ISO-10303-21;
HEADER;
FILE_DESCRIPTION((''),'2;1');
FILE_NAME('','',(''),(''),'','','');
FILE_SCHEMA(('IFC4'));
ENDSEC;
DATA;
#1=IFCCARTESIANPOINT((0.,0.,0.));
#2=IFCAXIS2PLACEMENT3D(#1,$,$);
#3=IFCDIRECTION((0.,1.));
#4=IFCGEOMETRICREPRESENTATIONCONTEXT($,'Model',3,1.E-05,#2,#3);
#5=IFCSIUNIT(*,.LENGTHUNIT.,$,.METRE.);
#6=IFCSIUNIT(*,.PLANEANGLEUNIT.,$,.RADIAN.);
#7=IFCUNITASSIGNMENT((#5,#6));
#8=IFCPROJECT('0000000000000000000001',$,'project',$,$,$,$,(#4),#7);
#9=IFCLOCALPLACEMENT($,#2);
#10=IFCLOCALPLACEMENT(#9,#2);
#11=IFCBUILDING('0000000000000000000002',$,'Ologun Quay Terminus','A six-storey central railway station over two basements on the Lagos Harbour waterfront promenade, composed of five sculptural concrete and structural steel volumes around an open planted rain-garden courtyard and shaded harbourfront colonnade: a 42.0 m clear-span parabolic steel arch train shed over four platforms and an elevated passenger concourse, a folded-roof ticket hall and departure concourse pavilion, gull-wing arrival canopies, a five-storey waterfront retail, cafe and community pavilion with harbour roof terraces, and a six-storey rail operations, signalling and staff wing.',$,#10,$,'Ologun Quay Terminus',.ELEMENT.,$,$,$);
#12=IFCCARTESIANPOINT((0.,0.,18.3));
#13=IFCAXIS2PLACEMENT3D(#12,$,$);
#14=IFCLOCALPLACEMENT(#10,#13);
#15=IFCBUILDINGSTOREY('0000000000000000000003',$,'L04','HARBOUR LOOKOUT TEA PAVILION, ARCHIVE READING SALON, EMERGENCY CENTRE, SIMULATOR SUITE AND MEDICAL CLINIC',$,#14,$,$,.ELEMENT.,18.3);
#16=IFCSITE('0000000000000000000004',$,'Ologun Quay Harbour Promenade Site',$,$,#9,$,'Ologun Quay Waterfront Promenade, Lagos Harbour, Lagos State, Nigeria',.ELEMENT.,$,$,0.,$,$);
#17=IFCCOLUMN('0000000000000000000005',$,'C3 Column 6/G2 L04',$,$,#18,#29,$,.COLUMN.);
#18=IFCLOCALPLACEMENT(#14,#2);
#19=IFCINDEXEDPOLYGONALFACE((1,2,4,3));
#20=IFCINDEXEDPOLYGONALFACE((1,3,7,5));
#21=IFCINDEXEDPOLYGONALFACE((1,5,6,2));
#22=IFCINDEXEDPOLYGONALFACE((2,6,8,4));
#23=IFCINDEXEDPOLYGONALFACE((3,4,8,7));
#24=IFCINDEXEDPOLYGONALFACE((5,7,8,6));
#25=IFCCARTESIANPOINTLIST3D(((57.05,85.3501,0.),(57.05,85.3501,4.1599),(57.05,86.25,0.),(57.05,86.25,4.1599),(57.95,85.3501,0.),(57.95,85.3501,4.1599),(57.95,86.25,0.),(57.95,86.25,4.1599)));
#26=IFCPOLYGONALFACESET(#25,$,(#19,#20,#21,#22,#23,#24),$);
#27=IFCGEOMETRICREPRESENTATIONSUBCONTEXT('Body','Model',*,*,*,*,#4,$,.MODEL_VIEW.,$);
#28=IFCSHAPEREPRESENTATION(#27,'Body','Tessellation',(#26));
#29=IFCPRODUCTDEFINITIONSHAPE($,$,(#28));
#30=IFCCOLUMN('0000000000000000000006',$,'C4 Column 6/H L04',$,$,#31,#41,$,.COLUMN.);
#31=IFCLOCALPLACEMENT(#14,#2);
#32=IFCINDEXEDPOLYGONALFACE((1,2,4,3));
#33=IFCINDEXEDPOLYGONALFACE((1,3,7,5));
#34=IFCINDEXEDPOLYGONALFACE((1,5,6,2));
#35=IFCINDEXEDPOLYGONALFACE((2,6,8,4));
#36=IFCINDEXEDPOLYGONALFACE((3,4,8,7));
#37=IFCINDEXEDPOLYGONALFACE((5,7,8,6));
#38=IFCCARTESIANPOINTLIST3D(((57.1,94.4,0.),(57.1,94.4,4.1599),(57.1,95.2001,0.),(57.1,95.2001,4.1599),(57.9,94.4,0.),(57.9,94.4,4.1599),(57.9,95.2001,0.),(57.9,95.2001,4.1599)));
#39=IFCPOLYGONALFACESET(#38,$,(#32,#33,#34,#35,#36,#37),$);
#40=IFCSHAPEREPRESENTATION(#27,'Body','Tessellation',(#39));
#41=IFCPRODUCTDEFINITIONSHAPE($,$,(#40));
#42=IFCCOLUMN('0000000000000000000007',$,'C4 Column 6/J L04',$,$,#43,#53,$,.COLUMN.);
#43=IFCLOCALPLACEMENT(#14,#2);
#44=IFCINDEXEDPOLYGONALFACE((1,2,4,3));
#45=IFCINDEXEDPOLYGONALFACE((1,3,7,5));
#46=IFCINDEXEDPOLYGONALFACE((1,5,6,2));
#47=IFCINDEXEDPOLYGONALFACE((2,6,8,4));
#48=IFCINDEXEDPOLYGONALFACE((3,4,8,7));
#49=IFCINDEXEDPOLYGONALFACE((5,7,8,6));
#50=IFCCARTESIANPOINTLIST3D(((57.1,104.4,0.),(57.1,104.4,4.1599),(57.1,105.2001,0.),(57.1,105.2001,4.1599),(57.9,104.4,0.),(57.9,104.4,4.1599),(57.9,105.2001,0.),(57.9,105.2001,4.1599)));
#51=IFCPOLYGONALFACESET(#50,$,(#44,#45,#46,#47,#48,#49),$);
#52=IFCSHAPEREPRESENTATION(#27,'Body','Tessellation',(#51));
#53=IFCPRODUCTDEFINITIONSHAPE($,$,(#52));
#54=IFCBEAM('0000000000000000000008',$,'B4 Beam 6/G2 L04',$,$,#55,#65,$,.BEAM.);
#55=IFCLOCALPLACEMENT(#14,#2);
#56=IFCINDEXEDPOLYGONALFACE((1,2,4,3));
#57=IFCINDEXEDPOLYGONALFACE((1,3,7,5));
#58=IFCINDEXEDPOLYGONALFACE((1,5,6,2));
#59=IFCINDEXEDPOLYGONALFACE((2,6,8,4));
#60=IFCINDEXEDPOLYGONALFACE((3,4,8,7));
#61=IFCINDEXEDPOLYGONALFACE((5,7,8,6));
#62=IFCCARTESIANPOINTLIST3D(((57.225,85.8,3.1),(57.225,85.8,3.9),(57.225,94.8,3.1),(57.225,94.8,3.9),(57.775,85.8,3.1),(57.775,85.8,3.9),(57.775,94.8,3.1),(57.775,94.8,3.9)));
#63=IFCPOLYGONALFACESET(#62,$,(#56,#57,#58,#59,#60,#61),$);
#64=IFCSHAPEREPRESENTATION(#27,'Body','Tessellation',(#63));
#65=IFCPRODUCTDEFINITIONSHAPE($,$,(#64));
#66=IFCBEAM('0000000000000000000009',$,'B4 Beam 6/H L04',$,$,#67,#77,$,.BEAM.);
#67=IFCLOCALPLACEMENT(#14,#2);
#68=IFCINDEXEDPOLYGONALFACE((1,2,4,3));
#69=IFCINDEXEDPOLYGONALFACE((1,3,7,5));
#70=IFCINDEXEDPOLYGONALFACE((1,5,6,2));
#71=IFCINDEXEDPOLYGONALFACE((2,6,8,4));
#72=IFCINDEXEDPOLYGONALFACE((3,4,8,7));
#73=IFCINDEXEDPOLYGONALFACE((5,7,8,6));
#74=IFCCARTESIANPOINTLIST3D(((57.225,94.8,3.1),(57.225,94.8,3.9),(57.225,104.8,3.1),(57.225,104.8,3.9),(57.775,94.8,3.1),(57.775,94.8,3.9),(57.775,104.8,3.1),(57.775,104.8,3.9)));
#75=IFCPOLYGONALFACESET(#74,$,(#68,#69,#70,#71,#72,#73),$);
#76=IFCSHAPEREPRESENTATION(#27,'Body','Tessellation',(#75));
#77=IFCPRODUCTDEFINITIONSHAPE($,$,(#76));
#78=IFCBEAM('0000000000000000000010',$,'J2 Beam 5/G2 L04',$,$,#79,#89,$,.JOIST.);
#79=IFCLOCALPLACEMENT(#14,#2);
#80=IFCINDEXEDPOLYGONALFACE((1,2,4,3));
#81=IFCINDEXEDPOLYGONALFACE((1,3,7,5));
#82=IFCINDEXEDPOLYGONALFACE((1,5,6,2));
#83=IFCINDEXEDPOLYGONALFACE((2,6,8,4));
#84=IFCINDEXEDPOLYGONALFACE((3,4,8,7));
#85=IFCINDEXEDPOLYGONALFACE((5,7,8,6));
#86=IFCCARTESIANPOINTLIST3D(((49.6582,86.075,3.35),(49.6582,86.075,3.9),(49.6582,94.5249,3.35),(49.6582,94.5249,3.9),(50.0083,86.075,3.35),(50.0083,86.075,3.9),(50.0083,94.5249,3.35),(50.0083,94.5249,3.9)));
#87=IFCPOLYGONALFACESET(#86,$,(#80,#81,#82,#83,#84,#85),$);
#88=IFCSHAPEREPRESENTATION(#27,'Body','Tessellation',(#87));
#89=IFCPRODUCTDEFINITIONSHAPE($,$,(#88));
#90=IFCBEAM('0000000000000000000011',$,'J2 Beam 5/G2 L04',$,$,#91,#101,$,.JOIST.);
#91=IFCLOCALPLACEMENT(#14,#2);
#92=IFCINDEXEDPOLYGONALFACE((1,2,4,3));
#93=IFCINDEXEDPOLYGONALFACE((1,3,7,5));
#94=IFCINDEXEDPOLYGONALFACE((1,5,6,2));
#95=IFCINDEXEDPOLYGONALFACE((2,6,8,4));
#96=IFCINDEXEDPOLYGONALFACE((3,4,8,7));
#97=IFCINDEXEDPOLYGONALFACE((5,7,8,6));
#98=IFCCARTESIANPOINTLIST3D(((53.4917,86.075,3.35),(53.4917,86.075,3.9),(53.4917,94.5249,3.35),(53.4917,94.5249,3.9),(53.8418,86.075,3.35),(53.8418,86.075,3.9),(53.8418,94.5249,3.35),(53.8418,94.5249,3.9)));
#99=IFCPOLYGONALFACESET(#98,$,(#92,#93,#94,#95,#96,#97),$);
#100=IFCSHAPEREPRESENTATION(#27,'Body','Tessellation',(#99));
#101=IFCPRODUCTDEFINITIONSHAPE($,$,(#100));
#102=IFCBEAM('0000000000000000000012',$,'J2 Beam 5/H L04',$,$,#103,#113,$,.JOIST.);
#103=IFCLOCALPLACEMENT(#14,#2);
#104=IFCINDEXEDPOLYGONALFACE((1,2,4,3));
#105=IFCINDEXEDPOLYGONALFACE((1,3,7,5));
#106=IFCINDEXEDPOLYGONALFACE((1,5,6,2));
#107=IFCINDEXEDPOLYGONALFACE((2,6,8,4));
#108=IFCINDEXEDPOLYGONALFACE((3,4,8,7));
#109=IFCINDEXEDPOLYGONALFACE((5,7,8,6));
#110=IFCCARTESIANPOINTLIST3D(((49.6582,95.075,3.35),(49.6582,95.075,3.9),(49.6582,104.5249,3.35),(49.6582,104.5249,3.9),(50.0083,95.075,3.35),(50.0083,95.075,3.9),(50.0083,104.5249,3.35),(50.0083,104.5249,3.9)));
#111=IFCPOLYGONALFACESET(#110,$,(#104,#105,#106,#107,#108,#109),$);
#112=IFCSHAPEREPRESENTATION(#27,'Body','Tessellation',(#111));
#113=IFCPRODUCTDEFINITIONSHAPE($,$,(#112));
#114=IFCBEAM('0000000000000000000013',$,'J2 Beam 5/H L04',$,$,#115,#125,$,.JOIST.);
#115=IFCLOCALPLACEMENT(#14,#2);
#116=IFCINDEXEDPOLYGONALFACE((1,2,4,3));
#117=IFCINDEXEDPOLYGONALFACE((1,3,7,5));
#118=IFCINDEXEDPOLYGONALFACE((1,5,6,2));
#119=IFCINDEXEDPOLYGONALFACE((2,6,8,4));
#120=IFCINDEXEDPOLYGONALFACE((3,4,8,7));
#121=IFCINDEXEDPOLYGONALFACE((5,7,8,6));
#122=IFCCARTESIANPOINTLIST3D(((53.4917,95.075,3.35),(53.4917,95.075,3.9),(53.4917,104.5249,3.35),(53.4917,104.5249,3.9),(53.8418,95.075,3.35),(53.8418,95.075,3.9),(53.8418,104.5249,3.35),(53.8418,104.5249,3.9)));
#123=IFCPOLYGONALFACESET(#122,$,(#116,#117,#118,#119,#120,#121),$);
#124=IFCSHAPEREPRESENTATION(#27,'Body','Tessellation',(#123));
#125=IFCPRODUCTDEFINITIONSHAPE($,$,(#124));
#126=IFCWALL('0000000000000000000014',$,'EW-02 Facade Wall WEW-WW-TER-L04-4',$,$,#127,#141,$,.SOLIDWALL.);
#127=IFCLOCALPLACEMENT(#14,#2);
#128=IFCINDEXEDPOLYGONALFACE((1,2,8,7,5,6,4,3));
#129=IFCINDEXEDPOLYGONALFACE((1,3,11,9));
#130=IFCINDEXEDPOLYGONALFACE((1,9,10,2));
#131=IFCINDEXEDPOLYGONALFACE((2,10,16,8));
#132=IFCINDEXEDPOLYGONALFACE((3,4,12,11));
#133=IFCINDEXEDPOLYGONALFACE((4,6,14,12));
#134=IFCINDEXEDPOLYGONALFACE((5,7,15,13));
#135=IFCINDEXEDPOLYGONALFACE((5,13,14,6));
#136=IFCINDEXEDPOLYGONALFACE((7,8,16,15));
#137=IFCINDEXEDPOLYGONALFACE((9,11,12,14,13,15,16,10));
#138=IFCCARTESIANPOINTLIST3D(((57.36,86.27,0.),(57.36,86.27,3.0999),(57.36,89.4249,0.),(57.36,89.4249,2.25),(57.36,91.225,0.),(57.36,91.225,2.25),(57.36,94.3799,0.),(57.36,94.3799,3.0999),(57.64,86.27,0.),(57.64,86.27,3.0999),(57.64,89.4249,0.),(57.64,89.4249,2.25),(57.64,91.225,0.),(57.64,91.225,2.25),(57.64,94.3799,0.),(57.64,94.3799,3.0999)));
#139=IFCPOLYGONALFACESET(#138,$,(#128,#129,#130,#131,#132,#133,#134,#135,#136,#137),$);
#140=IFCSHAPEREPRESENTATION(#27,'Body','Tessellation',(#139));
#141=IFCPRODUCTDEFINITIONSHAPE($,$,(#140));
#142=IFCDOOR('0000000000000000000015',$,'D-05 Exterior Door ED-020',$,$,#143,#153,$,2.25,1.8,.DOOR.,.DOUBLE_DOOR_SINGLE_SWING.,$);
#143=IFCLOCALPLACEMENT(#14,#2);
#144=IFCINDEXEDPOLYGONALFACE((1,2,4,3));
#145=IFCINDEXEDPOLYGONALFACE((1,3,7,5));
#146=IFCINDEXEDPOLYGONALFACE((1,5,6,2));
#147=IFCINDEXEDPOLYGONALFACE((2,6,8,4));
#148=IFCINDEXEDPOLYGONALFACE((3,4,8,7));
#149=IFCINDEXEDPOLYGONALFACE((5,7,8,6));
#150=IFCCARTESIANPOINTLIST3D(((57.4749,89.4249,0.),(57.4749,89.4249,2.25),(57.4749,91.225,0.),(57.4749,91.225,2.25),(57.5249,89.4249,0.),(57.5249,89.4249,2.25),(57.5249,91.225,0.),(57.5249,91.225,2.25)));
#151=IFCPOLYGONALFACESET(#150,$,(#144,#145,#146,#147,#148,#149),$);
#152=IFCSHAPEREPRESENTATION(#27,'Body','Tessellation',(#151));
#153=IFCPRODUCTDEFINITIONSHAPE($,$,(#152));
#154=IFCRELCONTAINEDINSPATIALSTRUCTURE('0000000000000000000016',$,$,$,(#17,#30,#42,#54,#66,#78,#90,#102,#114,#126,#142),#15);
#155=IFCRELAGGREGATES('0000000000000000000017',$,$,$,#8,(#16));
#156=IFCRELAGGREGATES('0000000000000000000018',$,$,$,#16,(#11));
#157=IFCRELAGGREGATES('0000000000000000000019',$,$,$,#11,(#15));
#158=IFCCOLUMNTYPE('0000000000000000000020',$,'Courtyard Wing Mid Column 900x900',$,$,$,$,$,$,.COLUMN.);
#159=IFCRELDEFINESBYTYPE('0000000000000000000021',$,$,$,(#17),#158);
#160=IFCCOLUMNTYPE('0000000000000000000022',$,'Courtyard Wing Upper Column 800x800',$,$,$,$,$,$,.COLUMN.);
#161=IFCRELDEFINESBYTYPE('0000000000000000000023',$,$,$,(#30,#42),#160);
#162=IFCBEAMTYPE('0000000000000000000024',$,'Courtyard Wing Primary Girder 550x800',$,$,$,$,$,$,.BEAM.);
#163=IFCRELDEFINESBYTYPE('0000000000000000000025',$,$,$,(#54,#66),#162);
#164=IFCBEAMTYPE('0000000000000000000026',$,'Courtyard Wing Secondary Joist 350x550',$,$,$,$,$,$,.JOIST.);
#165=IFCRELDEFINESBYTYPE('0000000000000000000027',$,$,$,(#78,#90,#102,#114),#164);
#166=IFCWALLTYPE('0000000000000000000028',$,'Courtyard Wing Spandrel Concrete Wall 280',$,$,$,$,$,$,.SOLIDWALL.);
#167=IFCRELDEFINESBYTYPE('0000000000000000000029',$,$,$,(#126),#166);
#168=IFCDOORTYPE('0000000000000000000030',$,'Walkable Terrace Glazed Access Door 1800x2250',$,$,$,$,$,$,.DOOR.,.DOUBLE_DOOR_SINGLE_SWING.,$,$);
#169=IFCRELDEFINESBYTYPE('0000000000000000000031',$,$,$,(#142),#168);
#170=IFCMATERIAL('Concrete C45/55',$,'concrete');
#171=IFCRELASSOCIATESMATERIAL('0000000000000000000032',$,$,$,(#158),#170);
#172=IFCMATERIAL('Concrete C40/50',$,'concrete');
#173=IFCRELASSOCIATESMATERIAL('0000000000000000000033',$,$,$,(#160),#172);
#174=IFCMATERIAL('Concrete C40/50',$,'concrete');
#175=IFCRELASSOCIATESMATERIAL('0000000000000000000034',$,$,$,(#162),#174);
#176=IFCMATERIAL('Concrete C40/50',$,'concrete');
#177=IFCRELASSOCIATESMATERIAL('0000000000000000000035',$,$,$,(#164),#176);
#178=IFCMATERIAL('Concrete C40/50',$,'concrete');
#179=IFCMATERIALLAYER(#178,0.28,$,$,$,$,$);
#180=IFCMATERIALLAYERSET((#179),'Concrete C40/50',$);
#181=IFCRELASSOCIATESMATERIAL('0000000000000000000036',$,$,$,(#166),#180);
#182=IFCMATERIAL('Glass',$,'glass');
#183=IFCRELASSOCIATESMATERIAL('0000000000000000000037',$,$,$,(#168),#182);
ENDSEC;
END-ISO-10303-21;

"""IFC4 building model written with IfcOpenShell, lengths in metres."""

from ifc_helpers import new_model, si_unit, direction, frame, frame_2d, origin, origin_2d, place, context, subcontext, project, spatial, rectangle, extrude, material, layer, layer_set, material_profile, profile_set, type_object, element, fill, save


model = new_model("IFC4")

# Units and contexts
model_context = context("Model", 3, precision=1e-05, world=origin(), true_north=direction((0.0, 1.0)))
body_context = subcontext(model_context, "Body", "Model", "MODEL_VIEW")
ifc_project = project(units=[si_unit("LENGTHUNIT", "METRE"), si_unit("PLANEANGLEUNIT", "RADIAN")], contexts=[model_context])

# Site, building, storey
site_placement = place(None, origin())
site = spatial("IfcSite", under=ifc_project, at=site_placement, Name="Ologun Quay Harbour Promenade Site", LongName="Ologun Quay Waterfront Promenade, Lagos Harbour, Lagos State, Nigeria", CompositionType="ELEMENT", RefElevation=0.0)
building_placement = place(site_placement, origin())
building = spatial("IfcBuilding", under=site, at=building_placement, Name="Ologun Quay Terminus", Description="A six-storey central railway station over two basements on the Lagos Harbour waterfront promenade, composed of five sculptural concrete and structural steel volumes around an open planted rain-garden courtyard and shaded harbourfront colonnade: a 42.0 m clear-span parabolic steel arch train shed over four platforms and an elevated passenger concourse, a folded-roof ticket hall and departure concourse pavilion, gull-wing arrival canopies, a five-storey waterfront retail, cafe and community pavilion with harbour roof terraces, and a six-storey rail operations, signalling and staff wing.", LongName="Ologun Quay Terminus", CompositionType="ELEMENT")
storey_placement = place(building_placement, frame((0.0, 0.0, 18.3)))
storey = spatial("IfcBuildingStorey", under=building, at=storey_placement, Name="L04", Description="HARBOUR LOOKOUT TEA PAVILION, ARCHIVE READING SALON, EMERGENCY CENTRE, SIMULATOR SUITE AND MEDICAL CLINIC", CompositionType="ELEMENT", Elevation=18.3)

# Columns
ifc_material_1 = material(Name="Concrete C45/55", Category="concrete")
ifc_material_profile_1 = material_profile(ifc_material_1, rectangle(XDim=0.8999, YDim=0.8999, at=origin_2d()), Name="RC 900x900")
ifc_profile_set_1 = profile_set([ifc_material_profile_1], Name="Concrete C45/55")
column_type_1 = type_object("IfcColumnType", Name="Courtyard Wing Mid Column 900x900", PredefinedType="COLUMN", material=ifc_profile_set_1)
column_placement = place(storey_placement, frame((57.5, 85.8, 0.0), z_axis=(0.0, 0.0, 1.0), x_axis=(1.0, 0.0, 0.0)))
element("IfcColumn", 1, at=column_placement, inside=storey, type_object=column_type_1, Name="C3 Column 6/G2 L04", PredefinedType="COLUMN", context=body_context, shape_type="SweptSolid", body=[
    extrude(rectangle(XDim=0.8999, YDim=0.8999, at=origin_2d()), origin(), (0.0, 0.0, 1.0), 4.1599),
])
ifc_material_2 = material(Name="Concrete C40/50", Category="concrete")
ifc_material_profile_2 = material_profile(ifc_material_2, rectangle(XDim=0.8, YDim=0.8, at=origin_2d()), Name="RC 800x800")
ifc_profile_set_2 = profile_set([ifc_material_profile_2], Name="Concrete C40/50")
column_type_2 = type_object("IfcColumnType", Name="Courtyard Wing Upper Column 800x800", PredefinedType="COLUMN", material=ifc_profile_set_2)
for number, where, z_axis, x_axis, name in (
    (2, (57.5, 94.8, 0.0), (0.0, 0.0, 1.0), (1.0, 0.0, 0.0), "C4 Column 6/H L04"),
    (3, (57.5, 104.8, 0.0), (0.0, 0.0, 1.0), (1.0, 0.0, 0.0), "C4 Column 6/J L04"),
):
    element("IfcColumn", number, at=place(storey_placement, frame(where, z_axis=z_axis, x_axis=x_axis)), inside=storey, type_object=column_type_2, Name=name, PredefinedType="COLUMN", context=body_context, shape_type="SweptSolid", body=[
        extrude(rectangle(XDim=0.8, YDim=0.8, at=origin_2d()), origin(), (0.0, 0.0, 1.0), 4.1599),
    ])

# Beams
ifc_material_3 = material(Name="Concrete C40/50", Category="concrete")
ifc_material_profile_3 = material_profile(ifc_material_3, rectangle(XDim=0.55, YDim=0.8, at=origin_2d()), Name="RC 550x800")
ifc_profile_set_3 = profile_set([ifc_material_profile_3], Name="Concrete C40/50")
beam_type_1 = type_object("IfcBeamType", Name="Courtyard Wing Primary Girder 550x800", PredefinedType="BEAM", material=ifc_profile_set_3)
beam_1_placement = place(storey_placement, frame((57.5, 85.8, 3.5), z_axis=(0.0, 1.0, 0.0), x_axis=(-1.0, 0.0, 0.0)))
element("IfcBeam", 4, at=beam_1_placement, inside=storey, type_object=beam_type_1, Name="B4 Beam 6/G2 L04", PredefinedType="BEAM", context=body_context, shape_type="SweptSolid", body=[
    extrude(rectangle(XDim=0.55, YDim=0.8, at=origin_2d()), origin(), (0.0, 0.0, 1.0), 9.0),
])
beam_2_placement = place(storey_placement, frame((57.5, 94.8, 3.5), z_axis=(0.0, 1.0, 0.0), x_axis=(-1.0, 0.0, 0.0)))
element("IfcBeam", 5, at=beam_2_placement, inside=storey, type_object=beam_type_1, Name="B4 Beam 6/H L04", PredefinedType="BEAM", context=body_context, shape_type="SweptSolid", body=[
    extrude(rectangle(XDim=0.55, YDim=0.8, at=origin_2d()), origin(), (0.0, 0.0, 1.0), 10.0),
])
ifc_material_4 = material(Name="Concrete C40/50", Category="concrete")
ifc_material_profile_4 = material_profile(ifc_material_4, rectangle(XDim=0.3501, YDim=0.55, at=origin_2d()), Name="RC 350x550")
ifc_profile_set_4 = profile_set([ifc_material_profile_4], Name="Concrete C40/50")
beam_type_2 = type_object("IfcBeamType", Name="Courtyard Wing Secondary Joist 350x550", PredefinedType="JOIST", material=ifc_profile_set_4)
for number, where, z_axis, x_axis, name in (
    (6, (49.8333, 86.075, 3.625), (0.0, 1.0, 0.0), (-1.0, 0.0, 0.0), "J2 Beam 5/G2 L04"),
    (7, (53.6667, 86.075, 3.625), (0.0, 1.0, 0.0), (-1.0, 0.0, 0.0), "J2 Beam 5/G2 L04"),
):
    element("IfcBeam", number, at=place(storey_placement, frame(where, z_axis=z_axis, x_axis=x_axis)), inside=storey, type_object=beam_type_2, Name=name, PredefinedType="JOIST", context=body_context, shape_type="SweptSolid", body=[
        extrude(rectangle(XDim=0.3501, YDim=0.55, at=origin_2d()), origin(), (0.0, 0.0, 1.0), 8.45),
    ])
for number, where, z_axis, x_axis, name in (
    (8, (49.8333, 95.075, 3.625), (0.0, 1.0, 0.0), (-1.0, 0.0, 0.0), "J2 Beam 5/H L04"),
    (9, (53.6667, 95.075, 3.625), (0.0, 1.0, 0.0), (-1.0, 0.0, 0.0), "J2 Beam 5/H L04"),
):
    element("IfcBeam", number, at=place(storey_placement, frame(where, z_axis=z_axis, x_axis=x_axis)), inside=storey, type_object=beam_type_2, Name=name, PredefinedType="JOIST", context=body_context, shape_type="SweptSolid", body=[
        extrude(rectangle(XDim=0.3501, YDim=0.55, at=origin_2d()), origin(), (0.0, 0.0, 1.0), 9.45),
    ])

# Wall, opening, door
ifc_material_5 = material(Name="Concrete C40/50", Category="concrete")
ifc_layer_1 = layer(ifc_material_5, 0.28)
ifc_layer_set_1 = layer_set([ifc_layer_1], Name="Concrete C40/50")
wall_type_1 = type_object("IfcWallType", Name="Courtyard Wing Spandrel Concrete Wall 280", PredefinedType="SOLIDWALL", material=ifc_layer_set_1)
wall_1_placement = place(storey_placement, frame((57.5, 86.27, 0.0), z_axis=(0.0, 0.0, 1.0), x_axis=(0.0, 1.0, 0.0)))
wall_1 = element("IfcWall", 10, at=wall_1_placement, inside=storey, type_object=wall_type_1, Name="EW-02 Facade Wall WEW-WW-TER-L04-4", PredefinedType="SOLIDWALL", context=body_context, shape_type="SweptSolid", body=[
    extrude(rectangle(XDim=8.1099, YDim=0.28, at=frame_2d((4.0549, 0.0))), origin(), (0.0, 0.0, 1.0), 3.0999),
])
opening_1_placement = place(wall_1_placement, frame((3.155, 0.0, 0.0)))
opening_1 = element("IfcOpeningElement", 11, at=opening_1_placement, cuts=wall_1, PredefinedType="OPENING", context=body_context, shape_type="SweptSolid", body=[
    extrude(rectangle(XDim=1.8, YDim=2.25, at=frame_2d((0.8999, 1.125))), frame((0.0, 0.1499, 0.0), z_axis=(0.0, -1.0, 0.0), x_axis=(1.0, 0.0, 0.0)), (0.0, 0.0, 1.0), 0.3),
])
ifc_material_6 = material(Name="Glass", Category="glass")
door_type_1 = type_object("IfcDoorType", Name="Walkable Terrace Glazed Access Door 1800x2250", OperationType="DOUBLE_DOOR_SINGLE_SWING", PredefinedType="DOOR", material=ifc_material_6)
door_1_placement = place(opening_1_placement, frame((0.8999, 0.0, 0.0), z_axis=(0.0, 0.0, 1.0), x_axis=(-1.0, 0.0, 0.0)))
door_1 = element("IfcDoor", 12, at=door_1_placement, inside=storey, type_object=door_type_1, Name="D-05 Exterior Door ED-020", OperationType="DOUBLE_DOOR_SINGLE_SWING", OverallHeight=2.25, OverallWidth=1.8, PredefinedType="DOOR", context=body_context, shape_type="SweptSolid", body=[
    extrude(rectangle(XDim=1.8, YDim=2.25, at=frame_2d((0.0, 1.125))), frame((0.0, 0.0249, 0.0), z_axis=(0.0, -1.0, 0.0), x_axis=(1.0, 0.0, 0.0)), (0.0, 0.0, 1.0), 0.05),
])
fill(opening_1, door_1)

save(model, "model.ifc")
